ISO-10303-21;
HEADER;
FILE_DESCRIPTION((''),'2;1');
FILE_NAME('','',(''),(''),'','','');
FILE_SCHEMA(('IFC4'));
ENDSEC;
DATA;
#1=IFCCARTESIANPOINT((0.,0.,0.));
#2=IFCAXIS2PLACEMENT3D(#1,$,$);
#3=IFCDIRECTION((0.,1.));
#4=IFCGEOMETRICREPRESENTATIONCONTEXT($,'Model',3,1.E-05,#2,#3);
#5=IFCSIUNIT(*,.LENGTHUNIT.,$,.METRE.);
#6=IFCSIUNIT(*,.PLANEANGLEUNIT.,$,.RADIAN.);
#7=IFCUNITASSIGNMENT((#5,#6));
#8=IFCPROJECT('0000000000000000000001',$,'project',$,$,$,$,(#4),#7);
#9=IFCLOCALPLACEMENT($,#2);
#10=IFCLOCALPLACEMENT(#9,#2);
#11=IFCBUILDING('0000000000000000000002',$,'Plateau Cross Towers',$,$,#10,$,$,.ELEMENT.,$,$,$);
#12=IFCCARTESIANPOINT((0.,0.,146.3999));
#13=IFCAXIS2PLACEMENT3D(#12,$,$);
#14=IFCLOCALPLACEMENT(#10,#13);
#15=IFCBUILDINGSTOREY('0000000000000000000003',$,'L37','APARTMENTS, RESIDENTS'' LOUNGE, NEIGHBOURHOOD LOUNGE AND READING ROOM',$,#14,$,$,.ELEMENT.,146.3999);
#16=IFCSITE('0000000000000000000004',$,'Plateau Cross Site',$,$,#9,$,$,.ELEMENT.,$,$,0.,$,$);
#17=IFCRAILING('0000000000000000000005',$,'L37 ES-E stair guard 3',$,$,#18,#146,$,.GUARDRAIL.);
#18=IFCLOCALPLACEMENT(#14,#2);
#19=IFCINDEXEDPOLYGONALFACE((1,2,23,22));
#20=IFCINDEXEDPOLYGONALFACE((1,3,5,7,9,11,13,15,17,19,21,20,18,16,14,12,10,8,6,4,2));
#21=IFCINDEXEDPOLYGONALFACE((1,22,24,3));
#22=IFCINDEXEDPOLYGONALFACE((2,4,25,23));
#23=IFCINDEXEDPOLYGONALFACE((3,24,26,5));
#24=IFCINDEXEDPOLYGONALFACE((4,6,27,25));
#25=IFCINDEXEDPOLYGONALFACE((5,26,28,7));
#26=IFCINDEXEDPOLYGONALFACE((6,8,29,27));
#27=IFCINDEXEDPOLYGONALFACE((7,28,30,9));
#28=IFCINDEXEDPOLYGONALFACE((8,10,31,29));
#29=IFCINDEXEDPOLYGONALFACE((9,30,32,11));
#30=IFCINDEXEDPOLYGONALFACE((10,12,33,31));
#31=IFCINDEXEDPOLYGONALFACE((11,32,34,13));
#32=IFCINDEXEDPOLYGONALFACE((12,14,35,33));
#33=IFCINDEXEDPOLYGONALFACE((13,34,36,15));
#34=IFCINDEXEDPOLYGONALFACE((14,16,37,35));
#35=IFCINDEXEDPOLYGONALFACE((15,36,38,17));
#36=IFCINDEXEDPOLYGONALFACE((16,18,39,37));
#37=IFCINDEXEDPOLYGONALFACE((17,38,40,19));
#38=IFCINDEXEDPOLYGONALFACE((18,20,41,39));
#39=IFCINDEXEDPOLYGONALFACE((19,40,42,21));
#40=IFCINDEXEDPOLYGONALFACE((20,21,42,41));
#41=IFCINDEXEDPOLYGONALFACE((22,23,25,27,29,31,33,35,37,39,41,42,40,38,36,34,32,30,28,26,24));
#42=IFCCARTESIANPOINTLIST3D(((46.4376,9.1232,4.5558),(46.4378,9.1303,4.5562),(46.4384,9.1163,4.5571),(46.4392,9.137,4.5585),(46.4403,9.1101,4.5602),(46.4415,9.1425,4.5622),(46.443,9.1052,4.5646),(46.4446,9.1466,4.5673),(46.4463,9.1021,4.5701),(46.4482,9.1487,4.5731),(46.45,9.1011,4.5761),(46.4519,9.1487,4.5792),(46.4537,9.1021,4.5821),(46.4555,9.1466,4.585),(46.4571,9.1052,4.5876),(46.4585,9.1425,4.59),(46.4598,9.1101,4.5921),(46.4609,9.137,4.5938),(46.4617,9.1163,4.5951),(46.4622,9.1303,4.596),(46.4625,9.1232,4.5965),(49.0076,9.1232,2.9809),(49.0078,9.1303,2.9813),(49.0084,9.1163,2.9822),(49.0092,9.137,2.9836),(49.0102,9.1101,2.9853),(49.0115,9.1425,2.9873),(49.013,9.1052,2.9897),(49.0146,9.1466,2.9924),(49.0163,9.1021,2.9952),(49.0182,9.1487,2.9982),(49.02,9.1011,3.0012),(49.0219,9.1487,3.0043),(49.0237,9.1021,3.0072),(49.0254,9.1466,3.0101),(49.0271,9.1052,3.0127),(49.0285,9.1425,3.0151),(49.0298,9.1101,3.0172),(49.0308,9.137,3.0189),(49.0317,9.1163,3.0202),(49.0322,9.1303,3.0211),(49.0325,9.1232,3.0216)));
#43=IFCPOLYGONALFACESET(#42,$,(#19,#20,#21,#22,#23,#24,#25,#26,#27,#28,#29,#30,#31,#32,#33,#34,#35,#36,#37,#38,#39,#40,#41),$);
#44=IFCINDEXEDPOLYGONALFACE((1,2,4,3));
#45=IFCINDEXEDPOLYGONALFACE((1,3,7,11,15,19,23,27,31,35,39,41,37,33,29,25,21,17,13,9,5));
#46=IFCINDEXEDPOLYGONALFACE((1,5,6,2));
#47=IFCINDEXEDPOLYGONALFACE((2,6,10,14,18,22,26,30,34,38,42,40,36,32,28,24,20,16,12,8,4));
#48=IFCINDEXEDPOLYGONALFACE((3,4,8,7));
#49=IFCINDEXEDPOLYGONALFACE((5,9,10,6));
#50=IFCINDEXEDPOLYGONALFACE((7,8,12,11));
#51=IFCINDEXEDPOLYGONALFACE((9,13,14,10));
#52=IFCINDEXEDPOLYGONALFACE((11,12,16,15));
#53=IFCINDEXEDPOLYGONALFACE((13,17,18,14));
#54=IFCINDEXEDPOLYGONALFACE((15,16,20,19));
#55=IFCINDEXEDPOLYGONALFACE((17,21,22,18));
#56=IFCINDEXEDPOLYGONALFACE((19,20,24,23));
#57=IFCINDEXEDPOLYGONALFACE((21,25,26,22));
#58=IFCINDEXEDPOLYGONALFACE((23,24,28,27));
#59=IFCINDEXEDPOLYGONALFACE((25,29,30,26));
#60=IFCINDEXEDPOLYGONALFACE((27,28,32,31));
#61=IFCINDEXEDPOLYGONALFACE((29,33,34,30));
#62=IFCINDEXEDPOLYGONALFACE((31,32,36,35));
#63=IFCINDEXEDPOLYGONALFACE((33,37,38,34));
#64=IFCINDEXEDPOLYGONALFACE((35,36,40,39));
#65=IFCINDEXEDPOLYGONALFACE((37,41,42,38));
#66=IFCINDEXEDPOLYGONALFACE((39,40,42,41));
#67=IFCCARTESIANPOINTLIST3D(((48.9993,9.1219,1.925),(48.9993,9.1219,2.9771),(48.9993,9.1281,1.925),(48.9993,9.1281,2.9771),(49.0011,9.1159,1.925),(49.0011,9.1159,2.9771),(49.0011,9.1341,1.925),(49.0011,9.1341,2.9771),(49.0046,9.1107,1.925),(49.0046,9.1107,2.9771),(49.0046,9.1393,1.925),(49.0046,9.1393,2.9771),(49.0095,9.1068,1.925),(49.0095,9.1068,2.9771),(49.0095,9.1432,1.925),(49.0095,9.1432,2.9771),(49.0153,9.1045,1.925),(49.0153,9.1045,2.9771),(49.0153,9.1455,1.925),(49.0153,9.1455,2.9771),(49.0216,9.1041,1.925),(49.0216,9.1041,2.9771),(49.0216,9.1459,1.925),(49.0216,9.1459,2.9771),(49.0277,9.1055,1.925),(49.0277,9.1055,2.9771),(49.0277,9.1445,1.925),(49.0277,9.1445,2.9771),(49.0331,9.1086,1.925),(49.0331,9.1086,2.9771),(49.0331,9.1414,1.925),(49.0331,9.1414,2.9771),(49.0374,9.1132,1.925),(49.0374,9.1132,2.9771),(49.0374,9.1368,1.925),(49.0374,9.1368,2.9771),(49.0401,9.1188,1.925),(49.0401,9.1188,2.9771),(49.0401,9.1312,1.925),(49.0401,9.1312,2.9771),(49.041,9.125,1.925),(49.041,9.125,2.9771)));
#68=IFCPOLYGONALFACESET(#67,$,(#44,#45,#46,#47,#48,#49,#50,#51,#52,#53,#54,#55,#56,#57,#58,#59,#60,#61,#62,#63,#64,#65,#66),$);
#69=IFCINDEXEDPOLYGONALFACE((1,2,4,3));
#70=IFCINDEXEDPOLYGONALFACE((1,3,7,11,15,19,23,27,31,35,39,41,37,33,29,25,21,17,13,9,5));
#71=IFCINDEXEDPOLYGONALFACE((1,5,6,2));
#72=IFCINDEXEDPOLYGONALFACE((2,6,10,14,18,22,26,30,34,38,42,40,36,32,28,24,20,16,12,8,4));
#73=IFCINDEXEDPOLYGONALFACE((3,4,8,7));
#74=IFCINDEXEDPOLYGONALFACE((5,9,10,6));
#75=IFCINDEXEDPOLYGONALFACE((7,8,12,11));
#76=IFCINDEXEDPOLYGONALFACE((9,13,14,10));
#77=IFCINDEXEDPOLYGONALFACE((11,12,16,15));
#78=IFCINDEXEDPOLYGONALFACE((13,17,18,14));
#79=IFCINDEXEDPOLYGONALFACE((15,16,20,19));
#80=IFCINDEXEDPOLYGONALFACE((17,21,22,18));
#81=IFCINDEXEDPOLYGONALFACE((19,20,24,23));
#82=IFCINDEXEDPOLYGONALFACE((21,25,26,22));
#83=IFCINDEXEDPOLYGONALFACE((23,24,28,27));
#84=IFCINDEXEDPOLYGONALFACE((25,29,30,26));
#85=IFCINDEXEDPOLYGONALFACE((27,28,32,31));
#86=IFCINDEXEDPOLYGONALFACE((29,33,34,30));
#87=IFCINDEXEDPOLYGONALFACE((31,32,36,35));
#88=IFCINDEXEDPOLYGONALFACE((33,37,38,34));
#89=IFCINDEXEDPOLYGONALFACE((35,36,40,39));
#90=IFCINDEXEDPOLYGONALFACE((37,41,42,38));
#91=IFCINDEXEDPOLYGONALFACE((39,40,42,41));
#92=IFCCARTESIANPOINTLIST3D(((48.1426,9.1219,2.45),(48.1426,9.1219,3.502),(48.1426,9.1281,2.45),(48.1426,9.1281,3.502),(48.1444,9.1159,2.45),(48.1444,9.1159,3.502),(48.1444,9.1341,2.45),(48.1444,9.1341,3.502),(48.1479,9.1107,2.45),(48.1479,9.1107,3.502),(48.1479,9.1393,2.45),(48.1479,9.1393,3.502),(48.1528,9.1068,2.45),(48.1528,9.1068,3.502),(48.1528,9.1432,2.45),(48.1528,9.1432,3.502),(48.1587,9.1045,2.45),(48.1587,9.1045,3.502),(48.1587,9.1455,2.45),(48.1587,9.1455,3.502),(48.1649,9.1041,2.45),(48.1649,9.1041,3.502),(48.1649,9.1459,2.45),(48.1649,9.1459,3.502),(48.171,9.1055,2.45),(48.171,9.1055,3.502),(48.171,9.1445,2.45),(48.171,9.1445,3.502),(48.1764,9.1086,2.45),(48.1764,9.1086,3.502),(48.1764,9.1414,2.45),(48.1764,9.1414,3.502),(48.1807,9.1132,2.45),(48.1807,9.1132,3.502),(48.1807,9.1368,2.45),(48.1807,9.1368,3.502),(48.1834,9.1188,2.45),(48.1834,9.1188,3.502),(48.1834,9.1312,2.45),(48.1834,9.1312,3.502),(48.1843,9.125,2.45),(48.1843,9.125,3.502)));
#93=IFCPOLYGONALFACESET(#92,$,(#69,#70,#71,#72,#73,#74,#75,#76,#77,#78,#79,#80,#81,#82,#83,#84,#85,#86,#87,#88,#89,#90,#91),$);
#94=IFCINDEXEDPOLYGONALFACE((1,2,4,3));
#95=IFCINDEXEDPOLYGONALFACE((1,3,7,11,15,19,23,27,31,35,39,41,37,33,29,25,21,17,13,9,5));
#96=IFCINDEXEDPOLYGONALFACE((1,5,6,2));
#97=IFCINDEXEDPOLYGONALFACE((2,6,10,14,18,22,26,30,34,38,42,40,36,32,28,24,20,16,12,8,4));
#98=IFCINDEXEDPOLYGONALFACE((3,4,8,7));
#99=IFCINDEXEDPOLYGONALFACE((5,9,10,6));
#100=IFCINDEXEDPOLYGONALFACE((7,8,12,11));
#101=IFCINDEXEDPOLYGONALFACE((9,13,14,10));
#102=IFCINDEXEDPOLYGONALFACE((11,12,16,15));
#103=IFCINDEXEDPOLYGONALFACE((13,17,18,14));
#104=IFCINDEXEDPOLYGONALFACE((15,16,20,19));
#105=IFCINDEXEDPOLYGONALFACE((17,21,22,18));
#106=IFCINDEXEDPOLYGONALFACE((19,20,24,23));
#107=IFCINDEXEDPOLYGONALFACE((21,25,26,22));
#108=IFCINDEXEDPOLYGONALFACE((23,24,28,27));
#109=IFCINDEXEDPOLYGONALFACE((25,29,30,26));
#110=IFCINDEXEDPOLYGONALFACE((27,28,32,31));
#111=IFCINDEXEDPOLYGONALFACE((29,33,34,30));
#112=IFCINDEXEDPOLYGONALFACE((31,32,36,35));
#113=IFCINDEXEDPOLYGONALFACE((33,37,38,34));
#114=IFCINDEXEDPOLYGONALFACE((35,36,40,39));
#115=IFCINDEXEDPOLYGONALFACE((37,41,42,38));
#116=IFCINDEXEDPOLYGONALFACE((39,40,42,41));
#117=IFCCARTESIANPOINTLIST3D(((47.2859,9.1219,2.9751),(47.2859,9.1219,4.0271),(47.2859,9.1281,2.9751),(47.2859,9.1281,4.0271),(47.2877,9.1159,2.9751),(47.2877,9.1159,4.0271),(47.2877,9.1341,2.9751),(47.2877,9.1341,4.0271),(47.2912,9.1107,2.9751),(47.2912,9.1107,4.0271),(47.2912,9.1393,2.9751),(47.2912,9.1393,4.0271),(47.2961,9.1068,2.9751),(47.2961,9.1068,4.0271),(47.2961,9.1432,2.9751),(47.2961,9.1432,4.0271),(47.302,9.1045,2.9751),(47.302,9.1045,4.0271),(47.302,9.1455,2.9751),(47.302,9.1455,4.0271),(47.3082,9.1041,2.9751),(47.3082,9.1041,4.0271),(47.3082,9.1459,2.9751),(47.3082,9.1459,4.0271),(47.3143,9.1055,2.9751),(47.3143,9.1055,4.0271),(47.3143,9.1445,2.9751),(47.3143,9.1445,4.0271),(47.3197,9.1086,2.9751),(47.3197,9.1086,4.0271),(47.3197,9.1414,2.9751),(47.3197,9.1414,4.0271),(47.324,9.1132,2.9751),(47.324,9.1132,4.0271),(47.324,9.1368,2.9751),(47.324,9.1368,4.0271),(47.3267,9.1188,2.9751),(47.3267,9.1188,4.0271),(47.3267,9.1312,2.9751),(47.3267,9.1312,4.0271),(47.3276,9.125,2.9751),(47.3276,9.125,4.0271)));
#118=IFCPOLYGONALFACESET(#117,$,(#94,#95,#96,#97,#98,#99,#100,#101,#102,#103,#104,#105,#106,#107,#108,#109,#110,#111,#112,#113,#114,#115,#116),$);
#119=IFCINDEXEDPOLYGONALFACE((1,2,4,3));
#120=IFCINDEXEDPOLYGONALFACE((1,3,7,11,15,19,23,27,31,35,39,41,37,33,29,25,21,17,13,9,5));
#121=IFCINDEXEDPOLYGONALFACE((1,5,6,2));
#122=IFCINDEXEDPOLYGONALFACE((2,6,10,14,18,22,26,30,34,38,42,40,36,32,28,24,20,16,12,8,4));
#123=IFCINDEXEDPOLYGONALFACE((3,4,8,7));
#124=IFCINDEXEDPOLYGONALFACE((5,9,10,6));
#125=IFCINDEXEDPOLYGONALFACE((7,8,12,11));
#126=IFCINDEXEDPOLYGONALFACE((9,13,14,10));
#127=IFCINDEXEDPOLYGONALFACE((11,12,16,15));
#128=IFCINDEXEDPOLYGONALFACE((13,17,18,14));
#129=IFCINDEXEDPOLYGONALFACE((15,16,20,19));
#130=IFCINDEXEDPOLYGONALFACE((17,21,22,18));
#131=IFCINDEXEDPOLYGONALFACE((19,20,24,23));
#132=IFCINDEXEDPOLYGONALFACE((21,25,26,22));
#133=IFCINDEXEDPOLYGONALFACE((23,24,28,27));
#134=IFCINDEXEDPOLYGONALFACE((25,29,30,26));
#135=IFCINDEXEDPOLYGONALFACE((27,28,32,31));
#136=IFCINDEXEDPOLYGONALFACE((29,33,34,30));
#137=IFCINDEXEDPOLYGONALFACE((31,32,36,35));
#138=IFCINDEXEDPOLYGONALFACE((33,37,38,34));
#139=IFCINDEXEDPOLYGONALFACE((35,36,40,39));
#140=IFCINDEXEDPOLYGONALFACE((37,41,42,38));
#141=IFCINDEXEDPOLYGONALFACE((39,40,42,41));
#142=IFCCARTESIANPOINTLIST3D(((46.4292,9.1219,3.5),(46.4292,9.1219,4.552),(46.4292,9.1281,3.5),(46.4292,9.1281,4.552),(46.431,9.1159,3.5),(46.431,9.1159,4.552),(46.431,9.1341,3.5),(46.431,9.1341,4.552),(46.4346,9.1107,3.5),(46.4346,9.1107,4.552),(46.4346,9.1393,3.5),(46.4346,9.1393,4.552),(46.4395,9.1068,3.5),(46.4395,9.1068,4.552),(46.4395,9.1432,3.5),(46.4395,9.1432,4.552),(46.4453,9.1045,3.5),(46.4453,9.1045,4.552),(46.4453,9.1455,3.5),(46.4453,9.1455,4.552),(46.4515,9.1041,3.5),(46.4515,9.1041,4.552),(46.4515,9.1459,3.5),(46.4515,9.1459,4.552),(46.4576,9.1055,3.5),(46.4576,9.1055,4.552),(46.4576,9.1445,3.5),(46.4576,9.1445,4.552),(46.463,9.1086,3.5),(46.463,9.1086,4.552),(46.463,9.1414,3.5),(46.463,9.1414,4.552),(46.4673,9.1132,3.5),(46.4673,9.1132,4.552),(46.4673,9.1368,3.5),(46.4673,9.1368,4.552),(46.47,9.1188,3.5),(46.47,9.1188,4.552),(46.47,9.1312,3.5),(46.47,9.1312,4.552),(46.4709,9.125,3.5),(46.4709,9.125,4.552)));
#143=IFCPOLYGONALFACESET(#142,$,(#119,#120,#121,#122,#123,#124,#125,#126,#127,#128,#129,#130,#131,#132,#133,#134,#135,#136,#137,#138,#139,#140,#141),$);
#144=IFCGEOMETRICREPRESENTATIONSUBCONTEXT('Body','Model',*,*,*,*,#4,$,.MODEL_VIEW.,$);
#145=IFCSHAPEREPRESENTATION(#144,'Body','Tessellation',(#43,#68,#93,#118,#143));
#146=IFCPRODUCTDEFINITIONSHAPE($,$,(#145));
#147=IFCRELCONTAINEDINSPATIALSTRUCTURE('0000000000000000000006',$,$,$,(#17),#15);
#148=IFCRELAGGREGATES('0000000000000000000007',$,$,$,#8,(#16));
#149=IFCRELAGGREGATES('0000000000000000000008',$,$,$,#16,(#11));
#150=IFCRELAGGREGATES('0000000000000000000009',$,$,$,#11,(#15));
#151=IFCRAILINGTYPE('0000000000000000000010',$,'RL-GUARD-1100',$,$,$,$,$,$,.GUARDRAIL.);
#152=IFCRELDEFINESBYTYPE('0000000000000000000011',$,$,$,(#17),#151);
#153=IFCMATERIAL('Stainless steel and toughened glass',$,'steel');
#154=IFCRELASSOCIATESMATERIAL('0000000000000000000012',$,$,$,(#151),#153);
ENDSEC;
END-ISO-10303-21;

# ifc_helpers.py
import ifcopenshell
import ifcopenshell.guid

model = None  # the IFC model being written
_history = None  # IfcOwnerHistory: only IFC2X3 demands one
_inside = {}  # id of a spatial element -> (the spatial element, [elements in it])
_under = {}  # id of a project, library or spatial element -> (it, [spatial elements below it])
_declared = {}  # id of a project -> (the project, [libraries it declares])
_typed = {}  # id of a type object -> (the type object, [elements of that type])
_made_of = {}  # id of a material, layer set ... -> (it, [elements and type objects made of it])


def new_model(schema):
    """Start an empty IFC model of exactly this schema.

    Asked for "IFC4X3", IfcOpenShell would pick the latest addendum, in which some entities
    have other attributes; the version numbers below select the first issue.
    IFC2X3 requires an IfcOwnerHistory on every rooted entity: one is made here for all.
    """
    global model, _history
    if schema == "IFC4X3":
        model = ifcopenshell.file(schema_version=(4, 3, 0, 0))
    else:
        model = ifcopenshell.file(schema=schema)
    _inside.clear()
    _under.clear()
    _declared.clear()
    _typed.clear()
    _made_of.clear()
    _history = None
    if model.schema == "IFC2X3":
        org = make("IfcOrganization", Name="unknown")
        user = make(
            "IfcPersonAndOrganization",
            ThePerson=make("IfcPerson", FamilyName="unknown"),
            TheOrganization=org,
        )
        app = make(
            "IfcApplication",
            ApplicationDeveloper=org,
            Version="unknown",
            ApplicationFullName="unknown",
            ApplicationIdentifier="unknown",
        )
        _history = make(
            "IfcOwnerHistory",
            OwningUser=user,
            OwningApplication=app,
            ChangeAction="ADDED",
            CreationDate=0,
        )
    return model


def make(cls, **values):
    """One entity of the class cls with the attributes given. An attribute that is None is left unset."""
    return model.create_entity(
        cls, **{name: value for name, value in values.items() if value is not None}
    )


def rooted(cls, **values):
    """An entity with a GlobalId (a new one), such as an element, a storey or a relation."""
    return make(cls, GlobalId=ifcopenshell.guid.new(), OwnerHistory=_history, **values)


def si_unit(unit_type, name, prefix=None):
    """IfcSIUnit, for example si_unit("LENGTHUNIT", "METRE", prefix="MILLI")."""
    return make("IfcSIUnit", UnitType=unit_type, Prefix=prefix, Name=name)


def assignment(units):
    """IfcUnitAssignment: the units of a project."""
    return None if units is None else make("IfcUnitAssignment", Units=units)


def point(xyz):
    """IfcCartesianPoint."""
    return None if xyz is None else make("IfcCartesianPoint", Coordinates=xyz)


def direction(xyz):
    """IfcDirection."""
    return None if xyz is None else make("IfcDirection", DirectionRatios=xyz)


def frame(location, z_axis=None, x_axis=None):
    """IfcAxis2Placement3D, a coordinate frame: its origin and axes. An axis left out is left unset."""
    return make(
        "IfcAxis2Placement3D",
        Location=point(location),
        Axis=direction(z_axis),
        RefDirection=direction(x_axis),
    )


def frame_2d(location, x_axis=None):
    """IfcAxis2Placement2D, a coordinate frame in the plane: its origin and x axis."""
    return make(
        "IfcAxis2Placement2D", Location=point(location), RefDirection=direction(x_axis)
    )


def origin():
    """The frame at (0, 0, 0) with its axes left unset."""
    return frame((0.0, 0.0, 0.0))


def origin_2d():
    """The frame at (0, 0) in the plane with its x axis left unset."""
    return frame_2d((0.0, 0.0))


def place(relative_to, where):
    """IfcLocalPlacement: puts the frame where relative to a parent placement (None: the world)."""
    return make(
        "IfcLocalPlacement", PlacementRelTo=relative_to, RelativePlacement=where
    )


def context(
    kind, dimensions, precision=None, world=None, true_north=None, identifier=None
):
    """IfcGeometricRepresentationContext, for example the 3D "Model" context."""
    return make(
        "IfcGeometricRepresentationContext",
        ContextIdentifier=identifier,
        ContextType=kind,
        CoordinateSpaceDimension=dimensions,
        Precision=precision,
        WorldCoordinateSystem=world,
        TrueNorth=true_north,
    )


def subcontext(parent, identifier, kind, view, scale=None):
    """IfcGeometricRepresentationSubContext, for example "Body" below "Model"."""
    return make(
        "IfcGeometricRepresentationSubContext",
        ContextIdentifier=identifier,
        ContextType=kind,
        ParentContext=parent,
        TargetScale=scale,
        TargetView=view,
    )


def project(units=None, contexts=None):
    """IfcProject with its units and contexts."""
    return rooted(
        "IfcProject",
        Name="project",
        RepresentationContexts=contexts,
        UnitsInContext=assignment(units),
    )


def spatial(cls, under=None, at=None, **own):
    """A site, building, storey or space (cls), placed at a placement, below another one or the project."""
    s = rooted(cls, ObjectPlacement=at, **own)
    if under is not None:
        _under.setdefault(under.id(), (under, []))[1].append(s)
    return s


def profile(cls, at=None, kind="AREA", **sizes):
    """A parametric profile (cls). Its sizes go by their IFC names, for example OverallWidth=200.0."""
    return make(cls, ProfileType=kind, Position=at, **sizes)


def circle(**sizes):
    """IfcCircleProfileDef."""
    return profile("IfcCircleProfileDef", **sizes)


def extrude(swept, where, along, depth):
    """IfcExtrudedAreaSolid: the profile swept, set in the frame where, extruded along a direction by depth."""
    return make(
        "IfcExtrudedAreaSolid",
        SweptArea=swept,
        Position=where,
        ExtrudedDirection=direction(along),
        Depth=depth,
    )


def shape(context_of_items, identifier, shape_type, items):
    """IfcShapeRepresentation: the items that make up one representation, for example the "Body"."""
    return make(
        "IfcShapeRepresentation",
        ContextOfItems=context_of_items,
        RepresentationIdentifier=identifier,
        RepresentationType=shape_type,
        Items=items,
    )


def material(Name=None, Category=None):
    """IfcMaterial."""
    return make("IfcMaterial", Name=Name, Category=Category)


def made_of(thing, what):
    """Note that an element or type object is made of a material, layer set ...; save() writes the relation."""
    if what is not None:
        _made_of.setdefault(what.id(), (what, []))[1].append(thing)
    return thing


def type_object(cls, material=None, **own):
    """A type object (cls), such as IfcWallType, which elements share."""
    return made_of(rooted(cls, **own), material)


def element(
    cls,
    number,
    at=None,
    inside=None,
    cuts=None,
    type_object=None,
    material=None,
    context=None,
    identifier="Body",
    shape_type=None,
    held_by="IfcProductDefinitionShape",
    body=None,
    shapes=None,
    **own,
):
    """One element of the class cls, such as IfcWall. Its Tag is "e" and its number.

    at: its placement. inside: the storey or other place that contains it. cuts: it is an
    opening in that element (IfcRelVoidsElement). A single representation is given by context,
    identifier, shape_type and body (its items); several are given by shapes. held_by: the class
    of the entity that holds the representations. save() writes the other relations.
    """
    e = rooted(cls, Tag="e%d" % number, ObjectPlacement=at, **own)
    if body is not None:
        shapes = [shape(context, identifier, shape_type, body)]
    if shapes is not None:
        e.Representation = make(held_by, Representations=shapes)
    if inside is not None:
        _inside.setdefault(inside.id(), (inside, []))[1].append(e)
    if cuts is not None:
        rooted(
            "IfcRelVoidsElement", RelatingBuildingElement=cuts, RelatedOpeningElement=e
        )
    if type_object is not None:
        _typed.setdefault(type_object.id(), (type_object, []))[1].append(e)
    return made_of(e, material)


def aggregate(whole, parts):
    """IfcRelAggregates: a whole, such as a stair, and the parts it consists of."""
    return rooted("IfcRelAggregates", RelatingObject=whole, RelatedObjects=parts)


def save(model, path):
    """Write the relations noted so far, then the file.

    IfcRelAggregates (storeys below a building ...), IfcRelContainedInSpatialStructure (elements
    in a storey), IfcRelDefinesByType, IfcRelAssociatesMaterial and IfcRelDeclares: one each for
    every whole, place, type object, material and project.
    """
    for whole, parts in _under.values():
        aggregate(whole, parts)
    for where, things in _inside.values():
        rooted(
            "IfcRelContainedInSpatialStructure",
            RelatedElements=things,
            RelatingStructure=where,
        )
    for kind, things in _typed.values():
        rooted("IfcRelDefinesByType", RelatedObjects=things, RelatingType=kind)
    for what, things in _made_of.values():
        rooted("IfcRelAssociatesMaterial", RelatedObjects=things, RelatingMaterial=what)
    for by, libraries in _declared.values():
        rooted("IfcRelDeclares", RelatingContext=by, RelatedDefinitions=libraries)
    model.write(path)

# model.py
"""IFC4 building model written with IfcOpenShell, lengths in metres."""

from ifc_helpers import new_model, si_unit, direction, frame, origin, origin_2d, place, context, subcontext, project, spatial, circle, extrude, material, type_object, element, save


model = new_model("IFC4")

# Units and contexts
model_context = context("Model", 3, precision=1e-05, world=origin(), true_north=direction((0.0, 1.0)))
body_context = subcontext(model_context, "Body", "Model", "MODEL_VIEW")
ifc_project = project(units=[si_unit("LENGTHUNIT", "METRE"), si_unit("PLANEANGLEUNIT", "RADIAN")], contexts=[model_context])

# Site, building, storey
site_placement = place(None, origin())
site = spatial("IfcSite", under=ifc_project, at=site_placement, Name="Plateau Cross Site", CompositionType="ELEMENT", RefElevation=0.0)
building_placement = place(site_placement, origin())
building = spatial("IfcBuilding", under=site, at=building_placement, Name="Plateau Cross Towers", CompositionType="ELEMENT")
storey_placement = place(building_placement, frame((0.0, 0.0, 146.3999)))
storey = spatial("IfcBuildingStorey", under=building, at=storey_placement, Name="L37", Description="APARTMENTS, RESIDENTS' LOUNGE, NEIGHBOURHOOD LOUNGE AND READING ROOM", CompositionType="ELEMENT", Elevation=146.3999)

# Railing
ifc_material_1 = material(Name="Stainless steel and toughened glass", Category="steel")
railing_type_1 = type_object("IfcRailingType", Name="RL-GUARD-1100", PredefinedType="GUARDRAIL", material=ifc_material_1)
railing_1_placement = place(storey_placement, frame((49.02, 9.125, 1.925)))
element("IfcRailing", 1, at=railing_1_placement, inside=storey, type_object=railing_type_1, Name="L37 ES-E stair guard 3", PredefinedType="GUARDRAIL", context=body_context, shape_type="SweptSolid", body=[
    extrude(circle(Radius=0.0239, at=origin_2d()), frame((0.0, 0.0, 1.0762), z_axis=(-0.852639, 0.0, 0.522501), x_axis=(0.0, -1.0, 0.0)), (0.0, 0.0, 1.0), 3.0142),
    extrude(circle(Radius=0.021, at=origin_2d()), origin(), (0.0, 0.0, 1.0), 1.052),
    extrude(circle(Radius=0.021, at=origin_2d()), frame((-0.8567, 0.0, 0.5249)), (0.0, 0.0, 1.0), 1.052),
    extrude(circle(Radius=0.021, at=origin_2d()), frame((-1.7134, 0.0, 1.05)), (0.0, 0.0, 1.0), 1.052),
    extrude(circle(Radius=0.021, at=origin_2d()), frame((-2.5701, 0.0, 1.575)), (0.0, 0.0, 1.0), 1.052),
])

save(model, "model.ifc")
